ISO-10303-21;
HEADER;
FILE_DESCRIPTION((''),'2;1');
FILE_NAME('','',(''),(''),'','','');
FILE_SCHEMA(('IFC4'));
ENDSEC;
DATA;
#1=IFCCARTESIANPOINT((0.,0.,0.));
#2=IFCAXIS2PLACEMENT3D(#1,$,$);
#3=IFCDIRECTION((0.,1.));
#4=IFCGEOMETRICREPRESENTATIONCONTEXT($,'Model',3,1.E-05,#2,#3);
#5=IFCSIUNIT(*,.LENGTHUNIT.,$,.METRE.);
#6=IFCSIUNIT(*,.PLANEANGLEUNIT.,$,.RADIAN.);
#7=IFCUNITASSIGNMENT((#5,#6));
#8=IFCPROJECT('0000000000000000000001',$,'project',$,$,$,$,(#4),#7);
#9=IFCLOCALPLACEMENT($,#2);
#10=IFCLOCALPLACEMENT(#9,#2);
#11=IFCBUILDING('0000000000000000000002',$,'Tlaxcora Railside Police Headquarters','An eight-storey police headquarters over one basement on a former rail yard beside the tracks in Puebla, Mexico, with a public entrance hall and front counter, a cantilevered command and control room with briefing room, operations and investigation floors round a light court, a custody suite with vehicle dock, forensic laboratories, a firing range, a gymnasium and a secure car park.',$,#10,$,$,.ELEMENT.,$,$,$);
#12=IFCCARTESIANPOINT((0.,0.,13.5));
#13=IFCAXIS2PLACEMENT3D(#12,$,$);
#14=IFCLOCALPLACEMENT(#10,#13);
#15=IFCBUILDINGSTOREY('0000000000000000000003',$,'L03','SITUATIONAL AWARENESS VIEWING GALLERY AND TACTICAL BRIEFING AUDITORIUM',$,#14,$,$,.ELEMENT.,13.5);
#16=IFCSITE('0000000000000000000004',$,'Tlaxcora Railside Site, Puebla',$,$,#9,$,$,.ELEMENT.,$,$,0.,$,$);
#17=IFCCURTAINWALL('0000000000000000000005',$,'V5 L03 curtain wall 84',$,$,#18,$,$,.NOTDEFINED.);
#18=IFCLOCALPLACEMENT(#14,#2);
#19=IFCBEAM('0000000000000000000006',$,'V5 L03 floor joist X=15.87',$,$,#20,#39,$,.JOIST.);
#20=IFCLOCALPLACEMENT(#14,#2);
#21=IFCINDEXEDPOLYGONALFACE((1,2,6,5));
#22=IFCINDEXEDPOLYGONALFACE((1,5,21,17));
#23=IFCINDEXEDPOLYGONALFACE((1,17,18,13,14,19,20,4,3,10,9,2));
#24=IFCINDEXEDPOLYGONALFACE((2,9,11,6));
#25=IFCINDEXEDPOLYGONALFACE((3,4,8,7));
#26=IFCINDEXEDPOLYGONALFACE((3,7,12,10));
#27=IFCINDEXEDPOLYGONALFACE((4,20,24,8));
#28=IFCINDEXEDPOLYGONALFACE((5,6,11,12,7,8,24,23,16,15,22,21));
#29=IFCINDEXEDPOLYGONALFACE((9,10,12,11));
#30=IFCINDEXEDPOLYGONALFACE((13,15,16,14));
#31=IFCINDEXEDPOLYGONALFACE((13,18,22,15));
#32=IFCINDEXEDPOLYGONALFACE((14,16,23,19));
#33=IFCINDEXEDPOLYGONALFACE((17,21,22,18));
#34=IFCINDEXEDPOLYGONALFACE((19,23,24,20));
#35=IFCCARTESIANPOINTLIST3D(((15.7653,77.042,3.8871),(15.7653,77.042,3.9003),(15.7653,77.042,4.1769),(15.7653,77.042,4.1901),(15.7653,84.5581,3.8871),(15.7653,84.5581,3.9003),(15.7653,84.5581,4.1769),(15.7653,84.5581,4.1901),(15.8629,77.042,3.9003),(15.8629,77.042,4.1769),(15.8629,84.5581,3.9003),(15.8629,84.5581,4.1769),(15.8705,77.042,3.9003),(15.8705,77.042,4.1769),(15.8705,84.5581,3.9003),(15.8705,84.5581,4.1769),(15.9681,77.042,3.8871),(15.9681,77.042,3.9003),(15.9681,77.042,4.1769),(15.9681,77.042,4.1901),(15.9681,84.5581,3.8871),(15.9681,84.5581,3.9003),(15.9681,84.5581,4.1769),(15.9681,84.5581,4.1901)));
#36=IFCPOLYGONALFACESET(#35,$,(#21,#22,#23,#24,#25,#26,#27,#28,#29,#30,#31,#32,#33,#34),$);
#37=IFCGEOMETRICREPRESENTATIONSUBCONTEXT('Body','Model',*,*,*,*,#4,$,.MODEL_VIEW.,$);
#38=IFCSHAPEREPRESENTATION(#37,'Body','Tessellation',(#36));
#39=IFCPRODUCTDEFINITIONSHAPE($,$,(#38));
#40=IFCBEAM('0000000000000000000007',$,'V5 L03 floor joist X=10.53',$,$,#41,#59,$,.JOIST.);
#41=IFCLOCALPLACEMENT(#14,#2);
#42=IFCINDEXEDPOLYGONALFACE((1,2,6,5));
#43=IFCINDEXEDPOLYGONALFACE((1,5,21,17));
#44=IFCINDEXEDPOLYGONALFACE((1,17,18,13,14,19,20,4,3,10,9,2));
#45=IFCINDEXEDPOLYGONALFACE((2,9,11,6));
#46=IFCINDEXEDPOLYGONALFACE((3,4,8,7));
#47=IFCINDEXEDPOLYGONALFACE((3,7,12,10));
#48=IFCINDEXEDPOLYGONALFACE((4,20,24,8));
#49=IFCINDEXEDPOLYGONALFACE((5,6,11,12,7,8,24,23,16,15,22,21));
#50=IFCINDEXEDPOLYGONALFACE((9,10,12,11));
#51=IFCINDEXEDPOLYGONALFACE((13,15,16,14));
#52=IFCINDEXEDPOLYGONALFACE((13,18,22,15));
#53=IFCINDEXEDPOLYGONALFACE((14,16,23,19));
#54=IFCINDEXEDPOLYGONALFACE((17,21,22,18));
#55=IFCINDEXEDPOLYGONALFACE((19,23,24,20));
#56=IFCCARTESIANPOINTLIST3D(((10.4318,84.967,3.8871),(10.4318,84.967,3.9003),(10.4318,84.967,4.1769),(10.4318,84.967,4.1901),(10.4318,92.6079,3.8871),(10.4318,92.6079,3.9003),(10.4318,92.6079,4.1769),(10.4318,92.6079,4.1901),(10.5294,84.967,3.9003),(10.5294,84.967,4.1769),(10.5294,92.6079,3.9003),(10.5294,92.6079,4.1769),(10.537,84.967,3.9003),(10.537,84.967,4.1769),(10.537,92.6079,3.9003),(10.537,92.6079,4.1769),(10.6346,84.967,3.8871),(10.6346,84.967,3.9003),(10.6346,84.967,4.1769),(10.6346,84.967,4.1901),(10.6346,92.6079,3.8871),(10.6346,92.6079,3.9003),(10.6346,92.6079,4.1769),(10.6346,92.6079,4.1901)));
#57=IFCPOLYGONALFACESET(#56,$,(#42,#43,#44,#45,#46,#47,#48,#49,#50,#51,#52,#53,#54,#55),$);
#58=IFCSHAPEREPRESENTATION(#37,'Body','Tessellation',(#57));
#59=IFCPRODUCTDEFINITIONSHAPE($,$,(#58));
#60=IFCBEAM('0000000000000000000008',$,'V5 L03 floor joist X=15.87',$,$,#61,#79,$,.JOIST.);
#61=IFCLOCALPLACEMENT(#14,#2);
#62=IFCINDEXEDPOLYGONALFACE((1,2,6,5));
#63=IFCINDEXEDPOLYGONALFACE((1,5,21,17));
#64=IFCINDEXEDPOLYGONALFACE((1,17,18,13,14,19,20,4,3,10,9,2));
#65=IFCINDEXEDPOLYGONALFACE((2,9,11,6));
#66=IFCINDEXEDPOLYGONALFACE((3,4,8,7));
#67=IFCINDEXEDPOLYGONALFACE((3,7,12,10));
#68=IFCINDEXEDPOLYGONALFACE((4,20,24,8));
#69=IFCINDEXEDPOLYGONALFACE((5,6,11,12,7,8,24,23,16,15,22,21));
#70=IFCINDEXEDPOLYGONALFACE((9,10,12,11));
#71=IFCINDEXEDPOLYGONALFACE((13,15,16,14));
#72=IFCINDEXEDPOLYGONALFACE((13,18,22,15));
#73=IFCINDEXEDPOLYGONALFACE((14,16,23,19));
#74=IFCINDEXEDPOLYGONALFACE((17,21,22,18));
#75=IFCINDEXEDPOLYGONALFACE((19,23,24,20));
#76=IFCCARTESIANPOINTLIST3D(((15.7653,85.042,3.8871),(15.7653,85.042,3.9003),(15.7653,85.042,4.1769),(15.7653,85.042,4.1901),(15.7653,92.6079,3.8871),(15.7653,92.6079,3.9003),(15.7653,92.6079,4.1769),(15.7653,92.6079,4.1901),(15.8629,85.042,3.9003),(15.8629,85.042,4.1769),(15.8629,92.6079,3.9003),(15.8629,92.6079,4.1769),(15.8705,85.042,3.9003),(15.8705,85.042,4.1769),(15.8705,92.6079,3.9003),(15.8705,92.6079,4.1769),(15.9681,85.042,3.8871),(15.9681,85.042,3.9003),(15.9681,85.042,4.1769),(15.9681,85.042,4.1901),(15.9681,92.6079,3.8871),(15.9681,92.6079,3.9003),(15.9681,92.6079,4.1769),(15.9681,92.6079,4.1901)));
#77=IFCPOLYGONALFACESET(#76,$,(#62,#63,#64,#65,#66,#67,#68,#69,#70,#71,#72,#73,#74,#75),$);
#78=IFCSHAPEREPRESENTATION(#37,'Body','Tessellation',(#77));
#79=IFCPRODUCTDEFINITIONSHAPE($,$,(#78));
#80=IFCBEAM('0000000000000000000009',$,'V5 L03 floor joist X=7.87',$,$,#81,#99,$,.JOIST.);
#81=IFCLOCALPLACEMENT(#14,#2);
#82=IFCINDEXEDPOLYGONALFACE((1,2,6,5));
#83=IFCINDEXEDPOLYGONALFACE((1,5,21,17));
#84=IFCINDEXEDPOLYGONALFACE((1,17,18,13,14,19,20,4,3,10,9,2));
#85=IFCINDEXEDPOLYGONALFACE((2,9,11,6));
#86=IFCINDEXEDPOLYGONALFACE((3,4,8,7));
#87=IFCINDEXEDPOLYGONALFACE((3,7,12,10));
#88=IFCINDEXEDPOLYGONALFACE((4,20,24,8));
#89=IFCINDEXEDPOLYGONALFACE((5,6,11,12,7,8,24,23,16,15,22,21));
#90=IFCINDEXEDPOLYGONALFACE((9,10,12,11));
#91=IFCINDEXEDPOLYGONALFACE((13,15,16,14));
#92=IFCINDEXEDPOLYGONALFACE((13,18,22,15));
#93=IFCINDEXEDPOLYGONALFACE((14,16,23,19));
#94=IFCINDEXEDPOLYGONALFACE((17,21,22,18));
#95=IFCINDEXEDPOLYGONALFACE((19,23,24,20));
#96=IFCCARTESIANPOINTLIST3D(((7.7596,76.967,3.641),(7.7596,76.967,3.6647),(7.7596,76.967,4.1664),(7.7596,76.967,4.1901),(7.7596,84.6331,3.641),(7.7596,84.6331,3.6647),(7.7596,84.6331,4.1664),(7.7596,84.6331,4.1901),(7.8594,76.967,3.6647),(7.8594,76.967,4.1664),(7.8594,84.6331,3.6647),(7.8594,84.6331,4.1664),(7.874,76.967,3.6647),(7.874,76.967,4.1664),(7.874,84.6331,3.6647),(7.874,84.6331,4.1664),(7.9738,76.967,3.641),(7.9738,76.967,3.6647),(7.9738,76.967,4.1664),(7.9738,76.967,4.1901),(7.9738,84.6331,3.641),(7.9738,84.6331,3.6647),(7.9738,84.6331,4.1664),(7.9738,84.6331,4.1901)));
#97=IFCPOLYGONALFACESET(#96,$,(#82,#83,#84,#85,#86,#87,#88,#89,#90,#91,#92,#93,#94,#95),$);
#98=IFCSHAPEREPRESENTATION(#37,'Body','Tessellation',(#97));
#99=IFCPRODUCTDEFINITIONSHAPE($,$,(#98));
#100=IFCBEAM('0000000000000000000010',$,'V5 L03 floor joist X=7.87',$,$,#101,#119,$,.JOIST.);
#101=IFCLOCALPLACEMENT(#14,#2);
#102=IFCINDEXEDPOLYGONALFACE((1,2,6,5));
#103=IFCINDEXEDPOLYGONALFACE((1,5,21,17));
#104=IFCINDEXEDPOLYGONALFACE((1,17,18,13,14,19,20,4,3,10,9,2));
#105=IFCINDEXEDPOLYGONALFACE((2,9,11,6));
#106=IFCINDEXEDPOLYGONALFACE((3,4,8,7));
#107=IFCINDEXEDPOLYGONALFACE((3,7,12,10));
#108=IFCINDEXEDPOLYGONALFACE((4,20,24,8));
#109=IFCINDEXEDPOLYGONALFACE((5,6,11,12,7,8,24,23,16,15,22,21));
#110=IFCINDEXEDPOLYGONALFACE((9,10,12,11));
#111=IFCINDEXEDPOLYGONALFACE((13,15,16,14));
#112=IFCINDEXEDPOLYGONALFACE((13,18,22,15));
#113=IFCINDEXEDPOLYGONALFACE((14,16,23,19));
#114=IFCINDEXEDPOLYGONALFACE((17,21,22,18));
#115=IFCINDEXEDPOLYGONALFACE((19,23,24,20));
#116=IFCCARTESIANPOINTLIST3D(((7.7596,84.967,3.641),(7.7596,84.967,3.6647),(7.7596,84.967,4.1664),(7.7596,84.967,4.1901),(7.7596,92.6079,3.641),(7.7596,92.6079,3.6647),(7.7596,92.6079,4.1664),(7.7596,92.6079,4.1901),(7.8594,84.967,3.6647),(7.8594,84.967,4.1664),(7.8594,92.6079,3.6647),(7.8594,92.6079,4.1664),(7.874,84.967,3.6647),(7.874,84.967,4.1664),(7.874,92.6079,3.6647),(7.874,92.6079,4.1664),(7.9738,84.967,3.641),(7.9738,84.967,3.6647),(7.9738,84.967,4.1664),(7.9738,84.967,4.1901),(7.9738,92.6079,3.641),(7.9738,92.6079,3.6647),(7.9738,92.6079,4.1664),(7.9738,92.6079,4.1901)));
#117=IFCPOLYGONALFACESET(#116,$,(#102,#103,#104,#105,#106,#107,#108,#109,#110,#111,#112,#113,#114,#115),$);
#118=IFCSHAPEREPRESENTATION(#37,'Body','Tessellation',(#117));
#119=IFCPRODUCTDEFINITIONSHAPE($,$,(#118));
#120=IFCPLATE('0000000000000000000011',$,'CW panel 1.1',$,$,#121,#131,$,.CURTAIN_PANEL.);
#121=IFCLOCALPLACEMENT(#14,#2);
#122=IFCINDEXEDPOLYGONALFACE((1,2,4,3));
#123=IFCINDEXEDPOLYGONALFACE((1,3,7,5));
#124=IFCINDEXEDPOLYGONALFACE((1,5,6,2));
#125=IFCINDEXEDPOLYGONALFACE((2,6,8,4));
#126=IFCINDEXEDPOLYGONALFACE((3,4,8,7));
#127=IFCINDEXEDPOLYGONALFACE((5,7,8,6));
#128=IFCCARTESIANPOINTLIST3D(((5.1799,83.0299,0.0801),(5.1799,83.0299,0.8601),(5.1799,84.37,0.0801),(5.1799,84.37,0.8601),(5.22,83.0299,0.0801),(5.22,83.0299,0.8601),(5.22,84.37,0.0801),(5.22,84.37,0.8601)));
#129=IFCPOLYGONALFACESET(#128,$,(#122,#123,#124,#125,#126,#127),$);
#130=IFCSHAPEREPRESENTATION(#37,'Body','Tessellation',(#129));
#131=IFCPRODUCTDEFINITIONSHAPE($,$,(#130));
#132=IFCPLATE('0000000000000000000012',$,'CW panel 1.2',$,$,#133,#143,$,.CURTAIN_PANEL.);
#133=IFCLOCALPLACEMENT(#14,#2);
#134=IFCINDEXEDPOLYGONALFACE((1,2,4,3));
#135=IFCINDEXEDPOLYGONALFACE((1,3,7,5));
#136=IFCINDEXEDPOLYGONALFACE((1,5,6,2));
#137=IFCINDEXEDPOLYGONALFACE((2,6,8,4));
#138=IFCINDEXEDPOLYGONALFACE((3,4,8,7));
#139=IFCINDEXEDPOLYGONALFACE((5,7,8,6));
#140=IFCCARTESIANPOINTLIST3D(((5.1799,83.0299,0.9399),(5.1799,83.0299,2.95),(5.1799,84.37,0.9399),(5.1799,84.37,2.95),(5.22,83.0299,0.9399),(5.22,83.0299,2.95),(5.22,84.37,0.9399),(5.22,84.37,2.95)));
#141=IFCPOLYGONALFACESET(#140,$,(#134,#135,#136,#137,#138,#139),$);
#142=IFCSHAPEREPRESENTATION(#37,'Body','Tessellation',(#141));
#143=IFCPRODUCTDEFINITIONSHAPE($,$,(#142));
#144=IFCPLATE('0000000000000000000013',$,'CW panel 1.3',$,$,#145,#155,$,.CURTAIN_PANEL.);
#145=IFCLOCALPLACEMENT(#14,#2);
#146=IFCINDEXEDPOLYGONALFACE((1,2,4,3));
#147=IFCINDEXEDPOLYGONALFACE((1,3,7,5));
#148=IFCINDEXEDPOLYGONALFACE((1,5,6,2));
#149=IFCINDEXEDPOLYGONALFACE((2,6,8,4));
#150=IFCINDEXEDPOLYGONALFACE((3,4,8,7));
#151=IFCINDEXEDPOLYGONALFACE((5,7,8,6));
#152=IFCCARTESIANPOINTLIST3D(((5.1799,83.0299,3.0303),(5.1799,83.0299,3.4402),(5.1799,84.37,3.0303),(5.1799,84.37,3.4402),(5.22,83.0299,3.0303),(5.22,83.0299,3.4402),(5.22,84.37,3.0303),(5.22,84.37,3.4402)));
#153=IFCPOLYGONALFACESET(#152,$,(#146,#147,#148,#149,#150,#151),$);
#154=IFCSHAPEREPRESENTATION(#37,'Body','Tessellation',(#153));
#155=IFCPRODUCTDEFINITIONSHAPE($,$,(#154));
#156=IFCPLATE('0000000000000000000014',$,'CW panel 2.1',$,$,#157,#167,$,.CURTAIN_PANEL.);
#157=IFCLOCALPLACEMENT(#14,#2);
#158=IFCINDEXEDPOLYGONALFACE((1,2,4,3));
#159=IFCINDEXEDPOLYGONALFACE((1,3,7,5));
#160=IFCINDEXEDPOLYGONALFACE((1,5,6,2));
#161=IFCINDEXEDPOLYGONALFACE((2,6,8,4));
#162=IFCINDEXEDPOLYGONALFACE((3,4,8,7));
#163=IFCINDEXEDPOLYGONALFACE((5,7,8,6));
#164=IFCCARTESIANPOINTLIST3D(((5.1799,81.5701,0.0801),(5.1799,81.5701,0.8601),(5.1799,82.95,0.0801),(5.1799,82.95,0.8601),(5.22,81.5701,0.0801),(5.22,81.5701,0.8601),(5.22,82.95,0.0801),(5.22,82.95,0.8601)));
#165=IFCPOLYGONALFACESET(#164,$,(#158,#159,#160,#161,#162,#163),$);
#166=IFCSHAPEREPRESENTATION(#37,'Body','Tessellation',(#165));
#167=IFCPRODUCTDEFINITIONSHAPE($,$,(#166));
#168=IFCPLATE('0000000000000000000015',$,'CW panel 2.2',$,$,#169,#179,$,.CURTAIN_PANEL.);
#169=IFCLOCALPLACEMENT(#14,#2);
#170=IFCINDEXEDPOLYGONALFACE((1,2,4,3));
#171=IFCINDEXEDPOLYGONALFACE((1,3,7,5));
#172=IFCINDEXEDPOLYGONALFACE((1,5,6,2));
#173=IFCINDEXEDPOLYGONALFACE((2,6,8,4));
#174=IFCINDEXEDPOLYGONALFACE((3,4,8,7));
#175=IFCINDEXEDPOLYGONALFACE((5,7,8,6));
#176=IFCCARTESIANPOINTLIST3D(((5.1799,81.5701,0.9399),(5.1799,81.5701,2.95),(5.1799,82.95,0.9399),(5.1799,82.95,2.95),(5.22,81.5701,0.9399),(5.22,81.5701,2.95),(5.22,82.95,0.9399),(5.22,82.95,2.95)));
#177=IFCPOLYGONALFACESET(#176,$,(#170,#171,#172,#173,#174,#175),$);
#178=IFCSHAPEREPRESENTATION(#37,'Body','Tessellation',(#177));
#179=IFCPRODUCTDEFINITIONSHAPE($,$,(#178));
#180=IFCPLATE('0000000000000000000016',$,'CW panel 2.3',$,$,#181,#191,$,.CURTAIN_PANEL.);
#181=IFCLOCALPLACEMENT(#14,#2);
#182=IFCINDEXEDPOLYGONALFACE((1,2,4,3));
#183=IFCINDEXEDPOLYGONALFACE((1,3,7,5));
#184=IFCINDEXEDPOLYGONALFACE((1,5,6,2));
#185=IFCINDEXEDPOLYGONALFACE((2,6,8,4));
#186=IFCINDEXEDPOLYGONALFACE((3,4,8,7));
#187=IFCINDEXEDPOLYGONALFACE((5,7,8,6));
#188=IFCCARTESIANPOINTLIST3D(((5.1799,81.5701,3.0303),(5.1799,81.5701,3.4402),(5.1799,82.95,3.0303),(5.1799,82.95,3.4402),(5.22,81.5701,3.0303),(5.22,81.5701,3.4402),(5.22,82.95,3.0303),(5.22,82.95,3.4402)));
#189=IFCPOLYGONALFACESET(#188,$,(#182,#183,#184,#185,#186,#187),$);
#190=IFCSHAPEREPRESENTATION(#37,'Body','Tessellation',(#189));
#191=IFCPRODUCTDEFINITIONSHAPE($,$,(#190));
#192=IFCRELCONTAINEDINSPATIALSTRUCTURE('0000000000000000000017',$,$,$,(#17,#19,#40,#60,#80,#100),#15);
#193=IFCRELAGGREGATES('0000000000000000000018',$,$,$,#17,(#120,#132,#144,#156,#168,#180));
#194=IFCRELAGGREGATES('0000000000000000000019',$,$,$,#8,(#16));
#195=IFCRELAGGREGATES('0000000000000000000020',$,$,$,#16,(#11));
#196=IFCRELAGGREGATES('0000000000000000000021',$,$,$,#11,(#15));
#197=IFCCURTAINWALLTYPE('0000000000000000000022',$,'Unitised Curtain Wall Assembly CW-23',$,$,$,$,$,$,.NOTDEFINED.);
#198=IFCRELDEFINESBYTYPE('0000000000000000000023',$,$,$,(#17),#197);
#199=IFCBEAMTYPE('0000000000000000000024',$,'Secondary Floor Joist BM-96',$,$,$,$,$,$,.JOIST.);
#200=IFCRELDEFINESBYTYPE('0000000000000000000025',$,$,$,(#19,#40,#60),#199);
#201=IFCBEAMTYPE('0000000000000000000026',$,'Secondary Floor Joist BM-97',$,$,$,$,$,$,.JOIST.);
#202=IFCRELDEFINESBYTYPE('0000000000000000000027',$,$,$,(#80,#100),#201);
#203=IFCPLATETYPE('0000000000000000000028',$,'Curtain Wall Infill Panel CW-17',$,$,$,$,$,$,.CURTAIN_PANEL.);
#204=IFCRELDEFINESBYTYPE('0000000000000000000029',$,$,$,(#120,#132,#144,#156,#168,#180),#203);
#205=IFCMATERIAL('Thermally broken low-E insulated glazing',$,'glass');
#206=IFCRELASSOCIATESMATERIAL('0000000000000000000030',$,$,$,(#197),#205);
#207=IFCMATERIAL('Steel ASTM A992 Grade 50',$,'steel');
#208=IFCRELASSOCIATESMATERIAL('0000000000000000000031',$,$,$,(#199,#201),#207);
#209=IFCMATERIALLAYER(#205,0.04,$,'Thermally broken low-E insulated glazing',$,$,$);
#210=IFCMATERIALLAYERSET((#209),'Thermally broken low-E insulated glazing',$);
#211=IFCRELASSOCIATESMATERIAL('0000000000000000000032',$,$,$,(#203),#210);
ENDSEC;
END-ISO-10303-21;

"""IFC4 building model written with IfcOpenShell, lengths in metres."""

from ifc_helpers import new_model, si_unit, direction, frame, origin, origin_2d, place, context, subcontext, project, spatial, rectangle, i_section, extrude, material, layer, layer_set, material_profile, profile_set, type_object, element, aggregate, save


model = new_model("IFC4")

# Units and contexts
model_context = context("Model", 3, precision=1e-05, world=origin(), true_north=direction((0.0, 1.0)))
body_context = subcontext(model_context, "Body", "Model", "MODEL_VIEW")
ifc_project = project(units=[si_unit("LENGTHUNIT", "METRE"), si_unit("PLANEANGLEUNIT", "RADIAN")], contexts=[model_context])

# Site, building, storey
site_placement = place(None, origin())
site = spatial("IfcSite", under=ifc_project, at=site_placement, Name="Tlaxcora Railside Site, Puebla", CompositionType="ELEMENT", RefElevation=0.0)
building_placement = place(site_placement, origin())
building = spatial("IfcBuilding", under=site, at=building_placement, Name="Tlaxcora Railside Police Headquarters", Description="An eight-storey police headquarters over one basement on a former rail yard beside the tracks in Puebla, Mexico, with a public entrance hall and front counter, a cantilevered command and control room with briefing room, operations and investigation floors round a light court, a custody suite with vehicle dock, forensic laboratories, a firing range, a gymnasium and a secure car park.", CompositionType="ELEMENT")
storey_placement = place(building_placement, frame((0.0, 0.0, 13.5)))
storey = spatial("IfcBuildingStorey", under=building, at=storey_placement, Name="L03", Description="SITUATIONAL AWARENESS VIEWING GALLERY AND TACTICAL BRIEFING AUDITORIUM", CompositionType="ELEMENT", Elevation=13.5)

# Curtain wall
ifc_material_1 = material(Name="Thermally broken low-E insulated glazing", Category="glass")
curtain_wall_type_1 = type_object("IfcCurtainWallType", Name="Unitised Curtain Wall Assembly CW-23", PredefinedType="NOTDEFINED", material=ifc_material_1)
curtain_wall_1_placement = place(storey_placement, origin())
curtain_wall_1 = element("IfcCurtainWall", 1, at=curtain_wall_1_placement, inside=storey, type_object=curtain_wall_type_1, Name="V5 L03 curtain wall 84", PredefinedType="NOTDEFINED")

# Beams
ifc_material_2 = material(Name="Steel ASTM A992 Grade 50", Category="steel")
ifc_material_profile_1 = material_profile(ifc_material_2, i_section(OverallWidth=0.2029, OverallDepth=0.303, WebThickness=0.0076, FlangeThickness=0.0132, at=origin_2d()), Name="W12X40")
ifc_profile_set_1 = profile_set([ifc_material_profile_1], Name="Steel ASTM A992 Grade 50")
beam_type_1 = type_object("IfcBeamType", Name="Secondary Floor Joist BM-96", PredefinedType="JOIST", material=ifc_profile_set_1)
beam_1_placement = place(storey_placement, frame((15.8667, 77.042, 4.0386), z_axis=(0.0, 1.0, 0.0), x_axis=(-1.0, 0.0, 0.0)))
element("IfcBeam", 2, at=beam_1_placement, inside=storey, type_object=beam_type_1, Name="V5 L03 floor joist X=15.87", PredefinedType="JOIST", context=body_context, shape_type="SweptSolid", body=[
    extrude(i_section(OverallWidth=0.2029, OverallDepth=0.303, WebThickness=0.0076, FlangeThickness=0.0132, at=origin_2d()), origin(), (0.0, 0.0, 1.0), 7.5161),
])
beam_2_placement = place(storey_placement, frame((10.5332, 84.967, 4.0386), z_axis=(0.0, 1.0, 0.0), x_axis=(-1.0, 0.0, 0.0)))
element("IfcBeam", 3, at=beam_2_placement, inside=storey, type_object=beam_type_1, Name="V5 L03 floor joist X=10.53", PredefinedType="JOIST", context=body_context, shape_type="SweptSolid", body=[
    extrude(i_section(OverallWidth=0.2029, OverallDepth=0.303, WebThickness=0.0076, FlangeThickness=0.0132, at=origin_2d()), origin(), (0.0, 0.0, 1.0), 7.6409),
])
beam_3_placement = place(storey_placement, frame((15.8667, 85.042, 4.0386), z_axis=(0.0, 1.0, 0.0), x_axis=(-1.0, 0.0, 0.0)))
element("IfcBeam", 4, at=beam_3_placement, inside=storey, type_object=beam_type_1, Name="V5 L03 floor joist X=15.87", PredefinedType="JOIST", context=body_context, shape_type="SweptSolid", body=[
    extrude(i_section(OverallWidth=0.2029, OverallDepth=0.303, WebThickness=0.0076, FlangeThickness=0.0132, at=origin_2d()), origin(), (0.0, 0.0, 1.0), 7.5659),
])
ifc_material_profile_2 = material_profile(ifc_material_2, i_section(OverallWidth=0.2141, OverallDepth=0.5491, WebThickness=0.0146, FlangeThickness=0.0237, at=origin_2d()), Name="W21X93")
ifc_profile_set_2 = profile_set([ifc_material_profile_2], Name="Steel ASTM A992 Grade 50")
beam_type_2 = type_object("IfcBeamType", Name="Secondary Floor Joist BM-97", PredefinedType="JOIST", material=ifc_profile_set_2)
beam_4_placement = place(storey_placement, frame((7.8667, 76.967, 3.9155), z_axis=(0.0, 1.0, 0.0), x_axis=(-1.0, 0.0, 0.0)))
element("IfcBeam", 5, at=beam_4_placement, inside=storey, type_object=beam_type_2, Name="V5 L03 floor joist X=7.87", PredefinedType="JOIST", context=body_context, shape_type="SweptSolid", body=[
    extrude(i_section(OverallWidth=0.2141, OverallDepth=0.5491, WebThickness=0.0146, FlangeThickness=0.0237, at=origin_2d()), origin(), (0.0, 0.0, 1.0), 7.666),
])
beam_5_placement = place(storey_placement, frame((7.8667, 84.967, 3.9155), z_axis=(0.0, 1.0, 0.0), x_axis=(-1.0, 0.0, 0.0)))
element("IfcBeam", 6, at=beam_5_placement, inside=storey, type_object=beam_type_2, Name="V5 L03 floor joist X=7.87", PredefinedType="JOIST", context=body_context, shape_type="SweptSolid", body=[
    extrude(i_section(OverallWidth=0.2141, OverallDepth=0.5491, WebThickness=0.0146, FlangeThickness=0.0237, at=origin_2d()), origin(), (0.0, 0.0, 1.0), 7.6409),
])

# Plates
ifc_layer_1 = layer(ifc_material_1, 0.04, Name="Thermally broken low-E insulated glazing")
ifc_layer_set_1 = layer_set([ifc_layer_1], Name="Thermally broken low-E insulated glazing")
plate_type_1 = type_object("IfcPlateType", Name="Curtain Wall Infill Panel CW-17", PredefinedType="CURTAIN_PANEL", material=ifc_layer_set_1)
plate_1_placement = place(storey_placement, frame((5.2, 83.7, 0.0801), z_axis=(0.0, 0.0, 1.0), x_axis=(0.0, -1.0, 0.0)))
plate_1 = element("IfcPlate", 7, at=plate_1_placement, type_object=plate_type_1, Name="CW panel 1.1", PredefinedType="CURTAIN_PANEL", context=body_context, shape_type="SweptSolid", body=[
    extrude(rectangle(XDim=1.3401, YDim=0.04, at=origin_2d()), origin(), (0.0, 0.0, 1.0), 0.78),
])
plate_2_placement = place(storey_placement, frame((5.2, 83.7, 0.9399), z_axis=(0.0, 0.0, 1.0), x_axis=(0.0, -1.0, 0.0)))
plate_2 = element("IfcPlate", 8, at=plate_2_placement, type_object=plate_type_1, Name="CW panel 1.2", PredefinedType="CURTAIN_PANEL", context=body_context, shape_type="SweptSolid", body=[
    extrude(rectangle(XDim=1.3401, YDim=0.04, at=origin_2d()), origin(), (0.0, 0.0, 1.0), 2.01),
])
plate_3_placement = place(storey_placement, frame((5.2, 83.7, 3.0303), z_axis=(0.0, 0.0, 1.0), x_axis=(0.0, -1.0, 0.0)))
plate_3 = element("IfcPlate", 9, at=plate_3_placement, type_object=plate_type_1, Name="CW panel 1.3", PredefinedType="CURTAIN_PANEL", context=body_context, shape_type="SweptSolid", body=[
    extrude(rectangle(XDim=1.3401, YDim=0.04, at=origin_2d()), origin(), (0.0, 0.0, 1.0), 0.4099),
])
plate_4_placement = place(storey_placement, frame((5.2, 82.26, 0.0801), z_axis=(0.0, 0.0, 1.0), x_axis=(0.0, -1.0, 0.0)))
plate_4 = element("IfcPlate", 10, at=plate_4_placement, type_object=plate_type_1, Name="CW panel 2.1", PredefinedType="CURTAIN_PANEL", context=body_context, shape_type="SweptSolid", body=[
    extrude(rectangle(XDim=1.3799, YDim=0.04, at=origin_2d()), origin(), (0.0, 0.0, 1.0), 0.78),
])
plate_5_placement = place(storey_placement, frame((5.2, 82.26, 0.9399), z_axis=(0.0, 0.0, 1.0), x_axis=(0.0, -1.0, 0.0)))
plate_5 = element("IfcPlate", 11, at=plate_5_placement, type_object=plate_type_1, Name="CW panel 2.2", PredefinedType="CURTAIN_PANEL", context=body_context, shape_type="SweptSolid", body=[
    extrude(rectangle(XDim=1.3799, YDim=0.04, at=origin_2d()), origin(), (0.0, 0.0, 1.0), 2.01),
])
plate_6_placement = place(storey_placement, frame((5.2, 82.26, 3.0303), z_axis=(0.0, 0.0, 1.0), x_axis=(0.0, -1.0, 0.0)))
plate_6 = element("IfcPlate", 12, at=plate_6_placement, type_object=plate_type_1, Name="CW panel 2.3", PredefinedType="CURTAIN_PANEL", context=body_context, shape_type="SweptSolid", body=[
    extrude(rectangle(XDim=1.3799, YDim=0.04, at=origin_2d()), origin(), (0.0, 0.0, 1.0), 0.4099),
])
aggregate(curtain_wall_1, [plate_1, plate_2, plate_3, plate_4, plate_5, plate_6])

save(model, "model.ifc")
